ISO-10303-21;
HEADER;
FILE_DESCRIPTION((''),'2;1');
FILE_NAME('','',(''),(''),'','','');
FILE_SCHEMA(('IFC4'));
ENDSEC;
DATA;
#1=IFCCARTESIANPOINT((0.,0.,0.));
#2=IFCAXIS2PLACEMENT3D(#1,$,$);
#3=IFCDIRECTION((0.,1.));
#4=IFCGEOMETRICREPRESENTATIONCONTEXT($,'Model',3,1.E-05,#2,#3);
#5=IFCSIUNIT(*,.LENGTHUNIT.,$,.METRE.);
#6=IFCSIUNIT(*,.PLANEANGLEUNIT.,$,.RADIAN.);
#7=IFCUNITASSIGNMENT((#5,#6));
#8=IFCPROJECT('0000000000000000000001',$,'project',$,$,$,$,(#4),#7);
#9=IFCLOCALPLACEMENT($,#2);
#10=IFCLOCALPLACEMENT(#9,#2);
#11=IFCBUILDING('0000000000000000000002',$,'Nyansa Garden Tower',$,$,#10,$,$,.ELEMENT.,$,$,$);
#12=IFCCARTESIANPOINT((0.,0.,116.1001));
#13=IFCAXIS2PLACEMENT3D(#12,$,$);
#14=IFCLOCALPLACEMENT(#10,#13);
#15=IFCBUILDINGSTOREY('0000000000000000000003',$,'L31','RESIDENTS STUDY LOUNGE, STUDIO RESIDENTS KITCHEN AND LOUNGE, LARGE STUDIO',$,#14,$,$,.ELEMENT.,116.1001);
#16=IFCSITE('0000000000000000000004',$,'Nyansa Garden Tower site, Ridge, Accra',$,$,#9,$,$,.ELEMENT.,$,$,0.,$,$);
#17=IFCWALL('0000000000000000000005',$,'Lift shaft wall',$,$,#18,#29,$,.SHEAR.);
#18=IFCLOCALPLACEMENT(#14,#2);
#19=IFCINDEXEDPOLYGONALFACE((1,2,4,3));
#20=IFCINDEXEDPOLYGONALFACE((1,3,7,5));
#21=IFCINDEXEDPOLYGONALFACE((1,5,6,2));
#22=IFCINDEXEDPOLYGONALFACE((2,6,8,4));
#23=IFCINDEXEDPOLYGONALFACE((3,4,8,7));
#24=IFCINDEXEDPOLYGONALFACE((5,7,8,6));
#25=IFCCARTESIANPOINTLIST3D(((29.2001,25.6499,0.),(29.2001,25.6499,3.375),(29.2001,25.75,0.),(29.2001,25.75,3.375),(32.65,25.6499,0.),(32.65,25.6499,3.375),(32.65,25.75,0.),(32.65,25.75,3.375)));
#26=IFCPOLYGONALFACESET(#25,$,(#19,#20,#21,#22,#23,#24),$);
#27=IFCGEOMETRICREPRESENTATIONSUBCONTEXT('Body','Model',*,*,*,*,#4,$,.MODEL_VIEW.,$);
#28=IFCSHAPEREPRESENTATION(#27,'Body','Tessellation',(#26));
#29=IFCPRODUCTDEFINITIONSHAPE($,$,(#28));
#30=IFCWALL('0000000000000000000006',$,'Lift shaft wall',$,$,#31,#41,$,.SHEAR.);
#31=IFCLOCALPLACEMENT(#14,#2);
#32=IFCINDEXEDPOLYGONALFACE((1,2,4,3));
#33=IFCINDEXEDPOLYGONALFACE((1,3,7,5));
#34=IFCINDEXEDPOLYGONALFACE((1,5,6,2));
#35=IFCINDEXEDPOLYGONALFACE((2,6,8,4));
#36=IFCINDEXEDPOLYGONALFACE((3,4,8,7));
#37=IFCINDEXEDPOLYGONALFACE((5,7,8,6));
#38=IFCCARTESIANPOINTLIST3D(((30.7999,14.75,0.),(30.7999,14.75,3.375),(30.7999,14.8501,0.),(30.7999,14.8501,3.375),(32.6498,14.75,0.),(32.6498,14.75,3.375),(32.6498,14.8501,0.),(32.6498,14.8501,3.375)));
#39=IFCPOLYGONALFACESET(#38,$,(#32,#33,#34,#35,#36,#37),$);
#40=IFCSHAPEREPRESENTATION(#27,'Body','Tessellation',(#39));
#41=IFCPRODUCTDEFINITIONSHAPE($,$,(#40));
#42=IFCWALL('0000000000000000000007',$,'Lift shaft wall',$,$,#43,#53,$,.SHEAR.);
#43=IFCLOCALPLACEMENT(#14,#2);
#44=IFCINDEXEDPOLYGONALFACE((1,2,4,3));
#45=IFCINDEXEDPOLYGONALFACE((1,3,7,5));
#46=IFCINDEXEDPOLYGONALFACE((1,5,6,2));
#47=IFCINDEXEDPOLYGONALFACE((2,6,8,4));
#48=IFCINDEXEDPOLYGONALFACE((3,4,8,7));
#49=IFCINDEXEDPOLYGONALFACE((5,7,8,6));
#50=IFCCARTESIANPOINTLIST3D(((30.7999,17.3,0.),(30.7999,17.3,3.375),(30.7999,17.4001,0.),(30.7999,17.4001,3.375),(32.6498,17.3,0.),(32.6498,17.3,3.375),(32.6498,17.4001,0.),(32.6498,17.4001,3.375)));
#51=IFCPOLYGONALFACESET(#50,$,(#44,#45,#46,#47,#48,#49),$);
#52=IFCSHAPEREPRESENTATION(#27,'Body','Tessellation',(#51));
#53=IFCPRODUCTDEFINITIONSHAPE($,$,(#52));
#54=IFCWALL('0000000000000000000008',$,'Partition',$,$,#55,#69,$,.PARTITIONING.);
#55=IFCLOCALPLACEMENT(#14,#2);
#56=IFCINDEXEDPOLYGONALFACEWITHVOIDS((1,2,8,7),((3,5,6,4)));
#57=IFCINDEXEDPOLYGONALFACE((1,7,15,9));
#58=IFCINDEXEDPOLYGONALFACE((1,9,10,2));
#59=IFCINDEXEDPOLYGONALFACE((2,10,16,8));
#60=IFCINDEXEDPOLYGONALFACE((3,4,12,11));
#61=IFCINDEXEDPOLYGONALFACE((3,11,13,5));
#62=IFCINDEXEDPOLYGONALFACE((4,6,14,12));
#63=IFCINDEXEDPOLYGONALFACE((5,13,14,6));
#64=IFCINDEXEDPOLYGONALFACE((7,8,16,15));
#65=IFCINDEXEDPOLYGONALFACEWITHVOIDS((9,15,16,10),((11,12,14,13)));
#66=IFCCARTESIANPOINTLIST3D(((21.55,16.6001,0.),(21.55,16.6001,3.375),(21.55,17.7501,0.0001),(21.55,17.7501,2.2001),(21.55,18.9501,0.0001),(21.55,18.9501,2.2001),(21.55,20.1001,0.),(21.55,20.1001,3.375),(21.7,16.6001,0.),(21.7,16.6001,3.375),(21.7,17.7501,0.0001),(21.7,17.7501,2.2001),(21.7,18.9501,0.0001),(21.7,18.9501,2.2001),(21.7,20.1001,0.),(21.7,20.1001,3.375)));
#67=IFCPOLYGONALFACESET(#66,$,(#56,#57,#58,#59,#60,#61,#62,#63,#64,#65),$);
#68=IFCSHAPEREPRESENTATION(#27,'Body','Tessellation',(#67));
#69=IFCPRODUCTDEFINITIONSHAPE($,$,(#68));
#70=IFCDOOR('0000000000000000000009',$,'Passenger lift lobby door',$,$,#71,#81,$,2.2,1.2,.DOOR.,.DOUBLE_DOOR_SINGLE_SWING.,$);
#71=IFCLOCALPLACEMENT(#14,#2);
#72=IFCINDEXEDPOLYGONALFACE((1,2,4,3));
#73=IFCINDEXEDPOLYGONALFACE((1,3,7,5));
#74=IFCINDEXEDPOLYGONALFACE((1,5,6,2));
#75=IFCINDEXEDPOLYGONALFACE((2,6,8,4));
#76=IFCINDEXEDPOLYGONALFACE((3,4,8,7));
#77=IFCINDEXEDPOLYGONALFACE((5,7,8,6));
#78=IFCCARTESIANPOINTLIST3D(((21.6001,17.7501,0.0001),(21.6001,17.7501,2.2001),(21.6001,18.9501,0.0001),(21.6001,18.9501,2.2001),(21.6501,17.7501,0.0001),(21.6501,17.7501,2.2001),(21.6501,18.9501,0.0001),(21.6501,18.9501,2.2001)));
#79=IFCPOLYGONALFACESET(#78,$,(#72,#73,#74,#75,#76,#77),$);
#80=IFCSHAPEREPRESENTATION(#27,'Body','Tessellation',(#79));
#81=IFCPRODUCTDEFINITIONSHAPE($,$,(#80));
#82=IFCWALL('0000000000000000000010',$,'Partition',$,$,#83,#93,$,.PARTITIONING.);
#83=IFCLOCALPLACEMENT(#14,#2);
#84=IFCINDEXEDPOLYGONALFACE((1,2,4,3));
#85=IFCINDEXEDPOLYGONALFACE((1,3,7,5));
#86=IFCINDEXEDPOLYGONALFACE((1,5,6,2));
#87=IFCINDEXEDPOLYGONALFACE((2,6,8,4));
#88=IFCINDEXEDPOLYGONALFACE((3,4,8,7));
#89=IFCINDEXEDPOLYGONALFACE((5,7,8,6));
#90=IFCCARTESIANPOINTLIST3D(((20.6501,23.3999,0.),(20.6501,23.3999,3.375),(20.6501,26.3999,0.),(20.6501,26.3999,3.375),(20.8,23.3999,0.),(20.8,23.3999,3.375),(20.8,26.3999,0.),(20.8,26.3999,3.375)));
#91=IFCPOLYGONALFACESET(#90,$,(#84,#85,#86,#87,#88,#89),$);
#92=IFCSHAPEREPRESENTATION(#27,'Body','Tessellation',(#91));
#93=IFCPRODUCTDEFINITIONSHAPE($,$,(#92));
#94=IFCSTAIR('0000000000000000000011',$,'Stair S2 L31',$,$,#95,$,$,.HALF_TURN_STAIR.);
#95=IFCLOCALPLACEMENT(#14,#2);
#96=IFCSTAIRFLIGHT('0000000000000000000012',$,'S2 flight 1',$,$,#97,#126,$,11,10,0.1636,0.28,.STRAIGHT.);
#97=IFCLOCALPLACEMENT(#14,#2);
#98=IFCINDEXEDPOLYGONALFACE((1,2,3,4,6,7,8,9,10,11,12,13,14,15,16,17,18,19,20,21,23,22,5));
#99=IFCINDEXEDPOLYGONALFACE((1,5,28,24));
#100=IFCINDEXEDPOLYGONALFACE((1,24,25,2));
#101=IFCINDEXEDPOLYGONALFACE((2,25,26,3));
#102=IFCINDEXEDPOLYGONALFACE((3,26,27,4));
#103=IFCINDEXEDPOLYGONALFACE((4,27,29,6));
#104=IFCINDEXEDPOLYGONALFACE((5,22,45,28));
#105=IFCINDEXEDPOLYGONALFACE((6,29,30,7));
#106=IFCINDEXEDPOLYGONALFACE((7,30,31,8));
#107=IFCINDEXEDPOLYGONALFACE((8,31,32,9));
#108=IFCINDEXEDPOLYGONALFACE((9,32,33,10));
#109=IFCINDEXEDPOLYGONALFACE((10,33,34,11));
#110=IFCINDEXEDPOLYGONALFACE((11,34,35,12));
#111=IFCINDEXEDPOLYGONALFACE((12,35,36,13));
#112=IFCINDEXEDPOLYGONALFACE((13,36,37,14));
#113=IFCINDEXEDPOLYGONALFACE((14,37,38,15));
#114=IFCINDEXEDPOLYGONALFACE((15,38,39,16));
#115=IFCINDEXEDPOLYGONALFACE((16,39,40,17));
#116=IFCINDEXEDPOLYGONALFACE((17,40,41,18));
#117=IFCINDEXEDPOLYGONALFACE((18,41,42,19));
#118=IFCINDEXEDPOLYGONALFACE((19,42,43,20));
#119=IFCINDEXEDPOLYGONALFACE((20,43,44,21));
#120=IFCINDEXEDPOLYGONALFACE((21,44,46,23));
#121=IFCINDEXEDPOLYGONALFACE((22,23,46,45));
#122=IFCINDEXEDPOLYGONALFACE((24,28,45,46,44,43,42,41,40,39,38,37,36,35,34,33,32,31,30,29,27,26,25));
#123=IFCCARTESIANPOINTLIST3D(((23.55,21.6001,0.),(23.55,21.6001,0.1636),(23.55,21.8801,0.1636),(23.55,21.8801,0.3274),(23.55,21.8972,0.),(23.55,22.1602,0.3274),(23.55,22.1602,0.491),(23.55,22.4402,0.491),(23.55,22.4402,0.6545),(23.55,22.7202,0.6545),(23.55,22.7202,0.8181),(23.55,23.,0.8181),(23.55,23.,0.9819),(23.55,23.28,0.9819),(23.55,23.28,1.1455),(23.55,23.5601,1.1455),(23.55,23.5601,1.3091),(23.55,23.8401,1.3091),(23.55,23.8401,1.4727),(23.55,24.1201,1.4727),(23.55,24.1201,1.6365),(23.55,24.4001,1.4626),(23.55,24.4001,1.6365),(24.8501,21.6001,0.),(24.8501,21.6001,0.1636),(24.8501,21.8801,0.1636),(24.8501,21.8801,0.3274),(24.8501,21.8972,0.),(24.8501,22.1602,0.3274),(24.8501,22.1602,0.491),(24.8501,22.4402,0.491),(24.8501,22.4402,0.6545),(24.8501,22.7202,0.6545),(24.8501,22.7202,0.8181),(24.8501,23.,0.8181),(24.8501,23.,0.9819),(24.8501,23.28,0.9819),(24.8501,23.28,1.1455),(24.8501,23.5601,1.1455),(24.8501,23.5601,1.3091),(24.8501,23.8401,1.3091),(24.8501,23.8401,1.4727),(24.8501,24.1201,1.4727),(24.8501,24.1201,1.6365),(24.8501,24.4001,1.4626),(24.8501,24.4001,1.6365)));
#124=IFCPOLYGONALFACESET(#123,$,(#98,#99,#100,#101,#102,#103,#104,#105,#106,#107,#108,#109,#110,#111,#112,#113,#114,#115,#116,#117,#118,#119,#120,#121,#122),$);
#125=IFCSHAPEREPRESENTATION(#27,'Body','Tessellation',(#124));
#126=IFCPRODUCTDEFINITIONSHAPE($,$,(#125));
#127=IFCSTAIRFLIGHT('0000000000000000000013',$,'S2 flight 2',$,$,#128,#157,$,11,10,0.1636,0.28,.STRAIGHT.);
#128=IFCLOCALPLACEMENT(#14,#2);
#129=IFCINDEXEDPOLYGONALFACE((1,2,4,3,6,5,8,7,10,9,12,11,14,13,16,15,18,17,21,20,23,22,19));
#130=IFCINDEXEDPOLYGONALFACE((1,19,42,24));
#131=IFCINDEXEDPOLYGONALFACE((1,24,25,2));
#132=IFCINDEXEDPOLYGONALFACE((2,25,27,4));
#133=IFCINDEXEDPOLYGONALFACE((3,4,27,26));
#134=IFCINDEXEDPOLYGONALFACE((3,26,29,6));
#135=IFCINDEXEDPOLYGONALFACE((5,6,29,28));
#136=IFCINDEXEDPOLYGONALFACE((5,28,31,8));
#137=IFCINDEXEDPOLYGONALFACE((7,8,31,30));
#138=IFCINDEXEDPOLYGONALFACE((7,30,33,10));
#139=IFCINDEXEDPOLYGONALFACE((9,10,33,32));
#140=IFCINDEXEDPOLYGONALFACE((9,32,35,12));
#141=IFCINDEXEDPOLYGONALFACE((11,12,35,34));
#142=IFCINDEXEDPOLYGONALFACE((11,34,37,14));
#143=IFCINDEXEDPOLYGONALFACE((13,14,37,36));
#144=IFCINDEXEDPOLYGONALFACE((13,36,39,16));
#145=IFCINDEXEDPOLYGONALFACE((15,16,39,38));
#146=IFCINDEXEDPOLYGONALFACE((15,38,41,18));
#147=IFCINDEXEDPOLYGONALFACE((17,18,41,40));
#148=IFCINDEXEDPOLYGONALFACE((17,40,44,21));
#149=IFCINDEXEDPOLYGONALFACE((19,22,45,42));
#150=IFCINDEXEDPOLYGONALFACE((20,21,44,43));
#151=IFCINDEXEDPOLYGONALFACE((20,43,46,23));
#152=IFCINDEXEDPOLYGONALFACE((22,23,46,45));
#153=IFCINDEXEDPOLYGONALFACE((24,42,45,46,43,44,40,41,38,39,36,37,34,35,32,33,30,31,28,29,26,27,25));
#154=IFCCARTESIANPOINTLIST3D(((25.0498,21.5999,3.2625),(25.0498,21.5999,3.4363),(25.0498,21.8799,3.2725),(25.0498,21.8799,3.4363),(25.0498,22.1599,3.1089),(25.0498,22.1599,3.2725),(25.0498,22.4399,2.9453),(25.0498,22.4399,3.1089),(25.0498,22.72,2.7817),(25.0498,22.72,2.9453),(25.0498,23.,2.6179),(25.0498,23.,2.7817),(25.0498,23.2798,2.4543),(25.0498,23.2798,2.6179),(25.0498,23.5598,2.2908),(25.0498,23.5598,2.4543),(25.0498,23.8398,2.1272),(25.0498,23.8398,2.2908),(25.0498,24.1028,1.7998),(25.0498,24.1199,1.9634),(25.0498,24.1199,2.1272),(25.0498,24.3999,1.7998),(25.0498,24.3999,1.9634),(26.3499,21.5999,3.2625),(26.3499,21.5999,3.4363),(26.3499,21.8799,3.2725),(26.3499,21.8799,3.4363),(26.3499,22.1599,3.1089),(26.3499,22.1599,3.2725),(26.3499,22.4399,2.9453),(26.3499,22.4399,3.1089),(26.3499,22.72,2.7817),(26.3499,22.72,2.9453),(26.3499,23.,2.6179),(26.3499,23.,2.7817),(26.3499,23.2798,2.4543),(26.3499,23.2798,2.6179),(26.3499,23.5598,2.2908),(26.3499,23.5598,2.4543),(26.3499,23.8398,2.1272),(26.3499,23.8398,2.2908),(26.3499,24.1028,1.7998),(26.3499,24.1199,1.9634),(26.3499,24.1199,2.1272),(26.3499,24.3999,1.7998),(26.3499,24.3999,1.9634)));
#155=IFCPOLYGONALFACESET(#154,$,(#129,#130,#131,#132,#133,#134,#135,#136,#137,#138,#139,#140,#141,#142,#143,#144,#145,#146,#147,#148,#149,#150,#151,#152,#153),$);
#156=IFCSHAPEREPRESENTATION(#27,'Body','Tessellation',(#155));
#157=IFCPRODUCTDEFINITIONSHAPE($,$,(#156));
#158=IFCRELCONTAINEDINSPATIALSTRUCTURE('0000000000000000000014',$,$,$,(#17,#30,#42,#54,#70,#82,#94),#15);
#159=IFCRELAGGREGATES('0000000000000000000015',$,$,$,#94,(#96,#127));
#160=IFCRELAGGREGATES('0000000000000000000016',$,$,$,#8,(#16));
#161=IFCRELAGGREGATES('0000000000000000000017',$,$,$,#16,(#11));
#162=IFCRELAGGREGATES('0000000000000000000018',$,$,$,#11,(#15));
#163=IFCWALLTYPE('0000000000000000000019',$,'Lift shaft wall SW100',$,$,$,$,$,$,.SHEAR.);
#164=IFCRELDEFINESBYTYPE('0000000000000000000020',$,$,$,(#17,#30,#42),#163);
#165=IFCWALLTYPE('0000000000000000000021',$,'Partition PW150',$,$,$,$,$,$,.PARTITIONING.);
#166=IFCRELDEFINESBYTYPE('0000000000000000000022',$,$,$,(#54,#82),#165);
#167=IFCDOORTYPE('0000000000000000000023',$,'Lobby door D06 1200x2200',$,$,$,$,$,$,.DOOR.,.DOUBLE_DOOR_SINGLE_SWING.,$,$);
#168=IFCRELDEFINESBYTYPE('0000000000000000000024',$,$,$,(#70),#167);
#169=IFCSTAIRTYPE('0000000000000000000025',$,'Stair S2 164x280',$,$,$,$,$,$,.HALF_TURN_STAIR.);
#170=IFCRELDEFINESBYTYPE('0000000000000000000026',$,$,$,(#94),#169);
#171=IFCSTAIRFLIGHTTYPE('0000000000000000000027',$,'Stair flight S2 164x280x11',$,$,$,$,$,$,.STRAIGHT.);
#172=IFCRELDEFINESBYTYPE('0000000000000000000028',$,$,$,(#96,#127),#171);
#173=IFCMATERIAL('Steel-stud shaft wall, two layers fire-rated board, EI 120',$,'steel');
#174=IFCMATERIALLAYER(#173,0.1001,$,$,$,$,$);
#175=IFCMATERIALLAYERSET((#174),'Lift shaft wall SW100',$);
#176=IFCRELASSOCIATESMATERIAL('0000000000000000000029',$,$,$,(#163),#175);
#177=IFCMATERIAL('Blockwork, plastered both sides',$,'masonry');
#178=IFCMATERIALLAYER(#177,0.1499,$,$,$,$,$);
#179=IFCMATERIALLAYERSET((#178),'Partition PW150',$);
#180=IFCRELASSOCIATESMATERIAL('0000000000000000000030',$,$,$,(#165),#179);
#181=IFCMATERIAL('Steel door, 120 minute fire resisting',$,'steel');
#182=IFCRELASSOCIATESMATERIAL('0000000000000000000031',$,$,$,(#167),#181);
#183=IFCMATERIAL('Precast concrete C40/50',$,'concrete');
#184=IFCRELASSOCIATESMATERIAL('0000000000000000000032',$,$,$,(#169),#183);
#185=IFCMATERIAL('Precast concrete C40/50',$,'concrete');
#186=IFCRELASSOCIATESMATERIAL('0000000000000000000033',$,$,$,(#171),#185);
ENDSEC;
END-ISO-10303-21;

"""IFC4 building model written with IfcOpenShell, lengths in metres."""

from ifc_helpers import new_model, si_unit, direction, frame, frame_2d, origin, place, context, subcontext, project, spatial, polyline, rectangle, outline, extrude, material, layer, layer_set, type_object, element, fill, aggregate, save


model = new_model("IFC4")

# Units and contexts
model_context = context("Model", 3, precision=1e-05, world=origin(), true_north=direction((0.0, 1.0)))
body_context = subcontext(model_context, "Body", "Model", "MODEL_VIEW")
ifc_project = project(units=[si_unit("LENGTHUNIT", "METRE"), si_unit("PLANEANGLEUNIT", "RADIAN")], contexts=[model_context])

# Site, building, storey
site_placement = place(None, origin())
site = spatial("IfcSite", under=ifc_project, at=site_placement, Name="Nyansa Garden Tower site, Ridge, Accra", CompositionType="ELEMENT", RefElevation=0.0)
building_placement = place(site_placement, origin())
building = spatial("IfcBuilding", under=site, at=building_placement, Name="Nyansa Garden Tower", CompositionType="ELEMENT")
storey_placement = place(building_placement, frame((0.0, 0.0, 116.1001)))
storey = spatial("IfcBuildingStorey", under=building, at=storey_placement, Name="L31", Description="RESIDENTS STUDY LOUNGE, STUDIO RESIDENTS KITCHEN AND LOUNGE, LARGE STUDIO", CompositionType="ELEMENT", Elevation=116.1001)

# Walls
ifc_material_1 = material(Name="Steel-stud shaft wall, two layers fire-rated board, EI 120", Category="steel")
ifc_layer_1 = layer(ifc_material_1, 0.1001)
ifc_layer_set_1 = layer_set([ifc_layer_1], Name="Lift shaft wall SW100")
wall_type_1 = type_object("IfcWallType", Name="Lift shaft wall SW100", PredefinedType="SHEAR", material=ifc_layer_set_1)
wall_1_placement = place(storey_placement, frame((29.2, 25.7, 0.0), z_axis=(0.0, 0.0, 1.0), x_axis=(1.0, 0.0, 0.0)))
element("IfcWall", 1, at=wall_1_placement, inside=storey, type_object=wall_type_1, Name="Lift shaft wall", PredefinedType="SHEAR", context=body_context, shape_type="SweptSolid", body=[
    extrude(rectangle(XDim=3.45, YDim=0.1001, at=frame_2d((1.7251, 0.0))), origin(), (0.0, 0.0, 1.0), 3.375),
])
for number, where, z_axis, x_axis, name in (
    (2, (30.8, 14.8, 0.0), (0.0, 0.0, 1.0), (1.0, 0.0, 0.0), "Lift shaft wall"),
    (3, (30.8, 17.3501, 0.0), (0.0, 0.0, 1.0), (1.0, 0.0, 0.0), "Lift shaft wall"),
):
    element("IfcWall", number, at=place(storey_placement, frame(where, z_axis=z_axis, x_axis=x_axis)), inside=storey, type_object=wall_type_1, Name=name, PredefinedType="SHEAR", context=body_context, shape_type="SweptSolid", body=[
        extrude(rectangle(XDim=1.8499, YDim=0.1001, at=frame_2d((0.9248, 0.0))), origin(), (0.0, 0.0, 1.0), 3.375),
    ])

# Wall, opening, door
ifc_material_2 = material(Name="Blockwork, plastered both sides", Category="masonry")
ifc_layer_2 = layer(ifc_material_2, 0.1499)
ifc_layer_set_2 = layer_set([ifc_layer_2], Name="Partition PW150")
wall_type_2 = type_object("IfcWallType", Name="Partition PW150", PredefinedType="PARTITIONING", material=ifc_layer_set_2)
wall_2_placement = place(storey_placement, frame((21.625, 16.6001, 0.0), z_axis=(0.0, 0.0, 1.0), x_axis=(0.0, 1.0, 0.0)))
wall_2 = element("IfcWall", 4, at=wall_2_placement, inside=storey, type_object=wall_type_2, Name="Partition", PredefinedType="PARTITIONING", context=body_context, shape_type="SweptSolid", body=[
    extrude(rectangle(XDim=3.5, YDim=0.1499, at=frame_2d((1.75, 0.0))), origin(), (0.0, 0.0, 1.0), 3.375),
])
opening_1_placement = place(wall_2_placement, frame((1.1499, 0.0, 0.0)))
opening_1 = element("IfcOpeningElement", 5, at=opening_1_placement, cuts=wall_2, PredefinedType="OPENING", context=body_context, shape_type="SweptSolid", body=[
    extrude(rectangle(XDim=1.2, YDim=2.2, at=frame_2d((0.6001, 1.1001))), frame((0.0, 0.085, 0.0), z_axis=(0.0, -1.0, 0.0), x_axis=(1.0, 0.0, 0.0)), (0.0, 0.0, 1.0), 0.1699),
])
ifc_material_3 = material(Name="Steel door, 120 minute fire resisting", Category="steel")
door_type_1 = type_object("IfcDoorType", Name="Lobby door D06 1200x2200", OperationType="DOUBLE_DOOR_SINGLE_SWING", PredefinedType="DOOR", material=ifc_material_3)
door_1_placement = place(opening_1_placement, origin())
door_1 = element("IfcDoor", 6, at=door_1_placement, inside=storey, type_object=door_type_1, Name="Passenger lift lobby door", OperationType="DOUBLE_DOOR_SINGLE_SWING", OverallHeight=2.2, OverallWidth=1.2, PredefinedType="DOOR", context=body_context, shape_type="SweptSolid", body=[
    extrude(rectangle(XDim=1.2, YDim=2.2, at=frame_2d((0.6001, 1.1001))), frame((0.0, 0.0249, 0.0), z_axis=(0.0, -1.0, 0.0), x_axis=(1.0, 0.0, 0.0)), (0.0, 0.0, 1.0), 0.05),
])
fill(opening_1, door_1)

# Wall
wall_3_placement = place(storey_placement, frame((20.7251, 23.3999, 0.0), z_axis=(0.0, 0.0, 1.0), x_axis=(0.0, 1.0, 0.0)))
element("IfcWall", 7, at=wall_3_placement, inside=storey, type_object=wall_type_2, Name="Partition", PredefinedType="PARTITIONING", context=body_context, shape_type="SweptSolid", body=[
    extrude(rectangle(XDim=3.0, YDim=0.1499, at=frame_2d((1.5, 0.0))), origin(), (0.0, 0.0, 1.0), 3.375),
])

# Stair, stair flights
ifc_material_4 = material(Name="Precast concrete C40/50", Category="concrete")
stair_type = type_object("IfcStairType", Name="Stair S2 164x280", PredefinedType="HALF_TURN_STAIR", material=ifc_material_4)
stair_placement = place(storey_placement, origin())
stair = element("IfcStair", 8, at=stair_placement, inside=storey, type_object=stair_type, Name="Stair S2 L31", PredefinedType="HALF_TURN_STAIR")
ifc_material_5 = material(Name="Precast concrete C40/50", Category="concrete")
stair_flight_type = type_object("IfcStairFlightType", Name="Stair flight S2 164x280x11", PredefinedType="STRAIGHT", material=ifc_material_5)
stair_flight_1_placement = place(storey_placement, frame((24.2, 21.6001, 0.0), z_axis=(0.0, 0.0, 1.0), x_axis=(0.0, 1.0, 0.0)))
stair_flight_1 = element("IfcStairFlight", 9, at=stair_flight_1_placement, type_object=stair_flight_type, Name="S2 flight 1", NumberOfRisers=11, NumberOfTreads=10, PredefinedType="STRAIGHT", RiserHeight=0.1636, TreadLength=0.28, context=body_context, shape_type="SweptSolid", body=[
    extrude(outline(polyline([(0.0, 0.0), (0.0, 0.1636), (0.28, 0.1636), (0.28, 0.3274), (0.5601, 0.3274), (0.5601, 0.491), (0.8401, 0.491), (0.8401, 0.6545), (1.1201, 0.6545), (1.1201, 0.8181), (1.3999, 0.8181), (1.3999, 0.9819), (1.6799, 0.9819), (1.6799, 1.1455), (1.96, 1.1455), (1.96, 1.3091), (2.24, 1.3091), (2.24, 1.4727), (2.52, 1.4727), (2.52, 1.6365), (2.8, 1.6365), (2.8, 1.8), (2.8, 1.4626), (0.2971, 0.0), (0.0, 0.0)])), frame((0.0, 0.6499, 0.0), z_axis=(0.0, -1.0, 0.0), x_axis=(1.0, 0.0, 0.0)), (0.0, 0.0, 1.0), 1.3),
])
stair_flight_2_placement = place(storey_placement, frame((25.7, 24.3999, 1.7998), z_axis=(0.0, 0.0, 1.0), x_axis=(0.0, -1.0, 0.0)))
stair_flight_2 = element("IfcStairFlight", 10, at=stair_flight_2_placement, type_object=stair_flight_type, Name="S2 flight 2", NumberOfRisers=11, NumberOfTreads=10, PredefinedType="STRAIGHT", RiserHeight=0.1636, TreadLength=0.28, context=body_context, shape_type="SweptSolid", body=[
    extrude(outline(polyline([(0.0, 0.0), (0.0, 0.1636), (0.28, 0.1636), (0.28, 0.3274), (0.5601, 0.3274), (0.5601, 0.491), (0.8401, 0.491), (0.8401, 0.6545), (1.1201, 0.6545), (1.1201, 0.8181), (1.3999, 0.8181), (1.3999, 0.9819), (1.6799, 0.9819), (1.6799, 1.1455), (1.96, 1.1455), (1.96, 1.3091), (2.24, 1.3091), (2.24, 1.4727), (2.52, 1.4727), (2.52, 1.6365), (2.8, 1.6365), (2.8, 1.8), (2.8, 1.4626), (0.2971, 0.0), (0.0, 0.0)])), frame((0.0, 0.6499, 0.0), z_axis=(0.0, -1.0, 0.0), x_axis=(1.0, 0.0, 0.0)), (0.0, 0.0, 1.0), 1.3),
])
aggregate(stair, [stair_flight_1, stair_flight_2])

save(model, "model.ifc")
